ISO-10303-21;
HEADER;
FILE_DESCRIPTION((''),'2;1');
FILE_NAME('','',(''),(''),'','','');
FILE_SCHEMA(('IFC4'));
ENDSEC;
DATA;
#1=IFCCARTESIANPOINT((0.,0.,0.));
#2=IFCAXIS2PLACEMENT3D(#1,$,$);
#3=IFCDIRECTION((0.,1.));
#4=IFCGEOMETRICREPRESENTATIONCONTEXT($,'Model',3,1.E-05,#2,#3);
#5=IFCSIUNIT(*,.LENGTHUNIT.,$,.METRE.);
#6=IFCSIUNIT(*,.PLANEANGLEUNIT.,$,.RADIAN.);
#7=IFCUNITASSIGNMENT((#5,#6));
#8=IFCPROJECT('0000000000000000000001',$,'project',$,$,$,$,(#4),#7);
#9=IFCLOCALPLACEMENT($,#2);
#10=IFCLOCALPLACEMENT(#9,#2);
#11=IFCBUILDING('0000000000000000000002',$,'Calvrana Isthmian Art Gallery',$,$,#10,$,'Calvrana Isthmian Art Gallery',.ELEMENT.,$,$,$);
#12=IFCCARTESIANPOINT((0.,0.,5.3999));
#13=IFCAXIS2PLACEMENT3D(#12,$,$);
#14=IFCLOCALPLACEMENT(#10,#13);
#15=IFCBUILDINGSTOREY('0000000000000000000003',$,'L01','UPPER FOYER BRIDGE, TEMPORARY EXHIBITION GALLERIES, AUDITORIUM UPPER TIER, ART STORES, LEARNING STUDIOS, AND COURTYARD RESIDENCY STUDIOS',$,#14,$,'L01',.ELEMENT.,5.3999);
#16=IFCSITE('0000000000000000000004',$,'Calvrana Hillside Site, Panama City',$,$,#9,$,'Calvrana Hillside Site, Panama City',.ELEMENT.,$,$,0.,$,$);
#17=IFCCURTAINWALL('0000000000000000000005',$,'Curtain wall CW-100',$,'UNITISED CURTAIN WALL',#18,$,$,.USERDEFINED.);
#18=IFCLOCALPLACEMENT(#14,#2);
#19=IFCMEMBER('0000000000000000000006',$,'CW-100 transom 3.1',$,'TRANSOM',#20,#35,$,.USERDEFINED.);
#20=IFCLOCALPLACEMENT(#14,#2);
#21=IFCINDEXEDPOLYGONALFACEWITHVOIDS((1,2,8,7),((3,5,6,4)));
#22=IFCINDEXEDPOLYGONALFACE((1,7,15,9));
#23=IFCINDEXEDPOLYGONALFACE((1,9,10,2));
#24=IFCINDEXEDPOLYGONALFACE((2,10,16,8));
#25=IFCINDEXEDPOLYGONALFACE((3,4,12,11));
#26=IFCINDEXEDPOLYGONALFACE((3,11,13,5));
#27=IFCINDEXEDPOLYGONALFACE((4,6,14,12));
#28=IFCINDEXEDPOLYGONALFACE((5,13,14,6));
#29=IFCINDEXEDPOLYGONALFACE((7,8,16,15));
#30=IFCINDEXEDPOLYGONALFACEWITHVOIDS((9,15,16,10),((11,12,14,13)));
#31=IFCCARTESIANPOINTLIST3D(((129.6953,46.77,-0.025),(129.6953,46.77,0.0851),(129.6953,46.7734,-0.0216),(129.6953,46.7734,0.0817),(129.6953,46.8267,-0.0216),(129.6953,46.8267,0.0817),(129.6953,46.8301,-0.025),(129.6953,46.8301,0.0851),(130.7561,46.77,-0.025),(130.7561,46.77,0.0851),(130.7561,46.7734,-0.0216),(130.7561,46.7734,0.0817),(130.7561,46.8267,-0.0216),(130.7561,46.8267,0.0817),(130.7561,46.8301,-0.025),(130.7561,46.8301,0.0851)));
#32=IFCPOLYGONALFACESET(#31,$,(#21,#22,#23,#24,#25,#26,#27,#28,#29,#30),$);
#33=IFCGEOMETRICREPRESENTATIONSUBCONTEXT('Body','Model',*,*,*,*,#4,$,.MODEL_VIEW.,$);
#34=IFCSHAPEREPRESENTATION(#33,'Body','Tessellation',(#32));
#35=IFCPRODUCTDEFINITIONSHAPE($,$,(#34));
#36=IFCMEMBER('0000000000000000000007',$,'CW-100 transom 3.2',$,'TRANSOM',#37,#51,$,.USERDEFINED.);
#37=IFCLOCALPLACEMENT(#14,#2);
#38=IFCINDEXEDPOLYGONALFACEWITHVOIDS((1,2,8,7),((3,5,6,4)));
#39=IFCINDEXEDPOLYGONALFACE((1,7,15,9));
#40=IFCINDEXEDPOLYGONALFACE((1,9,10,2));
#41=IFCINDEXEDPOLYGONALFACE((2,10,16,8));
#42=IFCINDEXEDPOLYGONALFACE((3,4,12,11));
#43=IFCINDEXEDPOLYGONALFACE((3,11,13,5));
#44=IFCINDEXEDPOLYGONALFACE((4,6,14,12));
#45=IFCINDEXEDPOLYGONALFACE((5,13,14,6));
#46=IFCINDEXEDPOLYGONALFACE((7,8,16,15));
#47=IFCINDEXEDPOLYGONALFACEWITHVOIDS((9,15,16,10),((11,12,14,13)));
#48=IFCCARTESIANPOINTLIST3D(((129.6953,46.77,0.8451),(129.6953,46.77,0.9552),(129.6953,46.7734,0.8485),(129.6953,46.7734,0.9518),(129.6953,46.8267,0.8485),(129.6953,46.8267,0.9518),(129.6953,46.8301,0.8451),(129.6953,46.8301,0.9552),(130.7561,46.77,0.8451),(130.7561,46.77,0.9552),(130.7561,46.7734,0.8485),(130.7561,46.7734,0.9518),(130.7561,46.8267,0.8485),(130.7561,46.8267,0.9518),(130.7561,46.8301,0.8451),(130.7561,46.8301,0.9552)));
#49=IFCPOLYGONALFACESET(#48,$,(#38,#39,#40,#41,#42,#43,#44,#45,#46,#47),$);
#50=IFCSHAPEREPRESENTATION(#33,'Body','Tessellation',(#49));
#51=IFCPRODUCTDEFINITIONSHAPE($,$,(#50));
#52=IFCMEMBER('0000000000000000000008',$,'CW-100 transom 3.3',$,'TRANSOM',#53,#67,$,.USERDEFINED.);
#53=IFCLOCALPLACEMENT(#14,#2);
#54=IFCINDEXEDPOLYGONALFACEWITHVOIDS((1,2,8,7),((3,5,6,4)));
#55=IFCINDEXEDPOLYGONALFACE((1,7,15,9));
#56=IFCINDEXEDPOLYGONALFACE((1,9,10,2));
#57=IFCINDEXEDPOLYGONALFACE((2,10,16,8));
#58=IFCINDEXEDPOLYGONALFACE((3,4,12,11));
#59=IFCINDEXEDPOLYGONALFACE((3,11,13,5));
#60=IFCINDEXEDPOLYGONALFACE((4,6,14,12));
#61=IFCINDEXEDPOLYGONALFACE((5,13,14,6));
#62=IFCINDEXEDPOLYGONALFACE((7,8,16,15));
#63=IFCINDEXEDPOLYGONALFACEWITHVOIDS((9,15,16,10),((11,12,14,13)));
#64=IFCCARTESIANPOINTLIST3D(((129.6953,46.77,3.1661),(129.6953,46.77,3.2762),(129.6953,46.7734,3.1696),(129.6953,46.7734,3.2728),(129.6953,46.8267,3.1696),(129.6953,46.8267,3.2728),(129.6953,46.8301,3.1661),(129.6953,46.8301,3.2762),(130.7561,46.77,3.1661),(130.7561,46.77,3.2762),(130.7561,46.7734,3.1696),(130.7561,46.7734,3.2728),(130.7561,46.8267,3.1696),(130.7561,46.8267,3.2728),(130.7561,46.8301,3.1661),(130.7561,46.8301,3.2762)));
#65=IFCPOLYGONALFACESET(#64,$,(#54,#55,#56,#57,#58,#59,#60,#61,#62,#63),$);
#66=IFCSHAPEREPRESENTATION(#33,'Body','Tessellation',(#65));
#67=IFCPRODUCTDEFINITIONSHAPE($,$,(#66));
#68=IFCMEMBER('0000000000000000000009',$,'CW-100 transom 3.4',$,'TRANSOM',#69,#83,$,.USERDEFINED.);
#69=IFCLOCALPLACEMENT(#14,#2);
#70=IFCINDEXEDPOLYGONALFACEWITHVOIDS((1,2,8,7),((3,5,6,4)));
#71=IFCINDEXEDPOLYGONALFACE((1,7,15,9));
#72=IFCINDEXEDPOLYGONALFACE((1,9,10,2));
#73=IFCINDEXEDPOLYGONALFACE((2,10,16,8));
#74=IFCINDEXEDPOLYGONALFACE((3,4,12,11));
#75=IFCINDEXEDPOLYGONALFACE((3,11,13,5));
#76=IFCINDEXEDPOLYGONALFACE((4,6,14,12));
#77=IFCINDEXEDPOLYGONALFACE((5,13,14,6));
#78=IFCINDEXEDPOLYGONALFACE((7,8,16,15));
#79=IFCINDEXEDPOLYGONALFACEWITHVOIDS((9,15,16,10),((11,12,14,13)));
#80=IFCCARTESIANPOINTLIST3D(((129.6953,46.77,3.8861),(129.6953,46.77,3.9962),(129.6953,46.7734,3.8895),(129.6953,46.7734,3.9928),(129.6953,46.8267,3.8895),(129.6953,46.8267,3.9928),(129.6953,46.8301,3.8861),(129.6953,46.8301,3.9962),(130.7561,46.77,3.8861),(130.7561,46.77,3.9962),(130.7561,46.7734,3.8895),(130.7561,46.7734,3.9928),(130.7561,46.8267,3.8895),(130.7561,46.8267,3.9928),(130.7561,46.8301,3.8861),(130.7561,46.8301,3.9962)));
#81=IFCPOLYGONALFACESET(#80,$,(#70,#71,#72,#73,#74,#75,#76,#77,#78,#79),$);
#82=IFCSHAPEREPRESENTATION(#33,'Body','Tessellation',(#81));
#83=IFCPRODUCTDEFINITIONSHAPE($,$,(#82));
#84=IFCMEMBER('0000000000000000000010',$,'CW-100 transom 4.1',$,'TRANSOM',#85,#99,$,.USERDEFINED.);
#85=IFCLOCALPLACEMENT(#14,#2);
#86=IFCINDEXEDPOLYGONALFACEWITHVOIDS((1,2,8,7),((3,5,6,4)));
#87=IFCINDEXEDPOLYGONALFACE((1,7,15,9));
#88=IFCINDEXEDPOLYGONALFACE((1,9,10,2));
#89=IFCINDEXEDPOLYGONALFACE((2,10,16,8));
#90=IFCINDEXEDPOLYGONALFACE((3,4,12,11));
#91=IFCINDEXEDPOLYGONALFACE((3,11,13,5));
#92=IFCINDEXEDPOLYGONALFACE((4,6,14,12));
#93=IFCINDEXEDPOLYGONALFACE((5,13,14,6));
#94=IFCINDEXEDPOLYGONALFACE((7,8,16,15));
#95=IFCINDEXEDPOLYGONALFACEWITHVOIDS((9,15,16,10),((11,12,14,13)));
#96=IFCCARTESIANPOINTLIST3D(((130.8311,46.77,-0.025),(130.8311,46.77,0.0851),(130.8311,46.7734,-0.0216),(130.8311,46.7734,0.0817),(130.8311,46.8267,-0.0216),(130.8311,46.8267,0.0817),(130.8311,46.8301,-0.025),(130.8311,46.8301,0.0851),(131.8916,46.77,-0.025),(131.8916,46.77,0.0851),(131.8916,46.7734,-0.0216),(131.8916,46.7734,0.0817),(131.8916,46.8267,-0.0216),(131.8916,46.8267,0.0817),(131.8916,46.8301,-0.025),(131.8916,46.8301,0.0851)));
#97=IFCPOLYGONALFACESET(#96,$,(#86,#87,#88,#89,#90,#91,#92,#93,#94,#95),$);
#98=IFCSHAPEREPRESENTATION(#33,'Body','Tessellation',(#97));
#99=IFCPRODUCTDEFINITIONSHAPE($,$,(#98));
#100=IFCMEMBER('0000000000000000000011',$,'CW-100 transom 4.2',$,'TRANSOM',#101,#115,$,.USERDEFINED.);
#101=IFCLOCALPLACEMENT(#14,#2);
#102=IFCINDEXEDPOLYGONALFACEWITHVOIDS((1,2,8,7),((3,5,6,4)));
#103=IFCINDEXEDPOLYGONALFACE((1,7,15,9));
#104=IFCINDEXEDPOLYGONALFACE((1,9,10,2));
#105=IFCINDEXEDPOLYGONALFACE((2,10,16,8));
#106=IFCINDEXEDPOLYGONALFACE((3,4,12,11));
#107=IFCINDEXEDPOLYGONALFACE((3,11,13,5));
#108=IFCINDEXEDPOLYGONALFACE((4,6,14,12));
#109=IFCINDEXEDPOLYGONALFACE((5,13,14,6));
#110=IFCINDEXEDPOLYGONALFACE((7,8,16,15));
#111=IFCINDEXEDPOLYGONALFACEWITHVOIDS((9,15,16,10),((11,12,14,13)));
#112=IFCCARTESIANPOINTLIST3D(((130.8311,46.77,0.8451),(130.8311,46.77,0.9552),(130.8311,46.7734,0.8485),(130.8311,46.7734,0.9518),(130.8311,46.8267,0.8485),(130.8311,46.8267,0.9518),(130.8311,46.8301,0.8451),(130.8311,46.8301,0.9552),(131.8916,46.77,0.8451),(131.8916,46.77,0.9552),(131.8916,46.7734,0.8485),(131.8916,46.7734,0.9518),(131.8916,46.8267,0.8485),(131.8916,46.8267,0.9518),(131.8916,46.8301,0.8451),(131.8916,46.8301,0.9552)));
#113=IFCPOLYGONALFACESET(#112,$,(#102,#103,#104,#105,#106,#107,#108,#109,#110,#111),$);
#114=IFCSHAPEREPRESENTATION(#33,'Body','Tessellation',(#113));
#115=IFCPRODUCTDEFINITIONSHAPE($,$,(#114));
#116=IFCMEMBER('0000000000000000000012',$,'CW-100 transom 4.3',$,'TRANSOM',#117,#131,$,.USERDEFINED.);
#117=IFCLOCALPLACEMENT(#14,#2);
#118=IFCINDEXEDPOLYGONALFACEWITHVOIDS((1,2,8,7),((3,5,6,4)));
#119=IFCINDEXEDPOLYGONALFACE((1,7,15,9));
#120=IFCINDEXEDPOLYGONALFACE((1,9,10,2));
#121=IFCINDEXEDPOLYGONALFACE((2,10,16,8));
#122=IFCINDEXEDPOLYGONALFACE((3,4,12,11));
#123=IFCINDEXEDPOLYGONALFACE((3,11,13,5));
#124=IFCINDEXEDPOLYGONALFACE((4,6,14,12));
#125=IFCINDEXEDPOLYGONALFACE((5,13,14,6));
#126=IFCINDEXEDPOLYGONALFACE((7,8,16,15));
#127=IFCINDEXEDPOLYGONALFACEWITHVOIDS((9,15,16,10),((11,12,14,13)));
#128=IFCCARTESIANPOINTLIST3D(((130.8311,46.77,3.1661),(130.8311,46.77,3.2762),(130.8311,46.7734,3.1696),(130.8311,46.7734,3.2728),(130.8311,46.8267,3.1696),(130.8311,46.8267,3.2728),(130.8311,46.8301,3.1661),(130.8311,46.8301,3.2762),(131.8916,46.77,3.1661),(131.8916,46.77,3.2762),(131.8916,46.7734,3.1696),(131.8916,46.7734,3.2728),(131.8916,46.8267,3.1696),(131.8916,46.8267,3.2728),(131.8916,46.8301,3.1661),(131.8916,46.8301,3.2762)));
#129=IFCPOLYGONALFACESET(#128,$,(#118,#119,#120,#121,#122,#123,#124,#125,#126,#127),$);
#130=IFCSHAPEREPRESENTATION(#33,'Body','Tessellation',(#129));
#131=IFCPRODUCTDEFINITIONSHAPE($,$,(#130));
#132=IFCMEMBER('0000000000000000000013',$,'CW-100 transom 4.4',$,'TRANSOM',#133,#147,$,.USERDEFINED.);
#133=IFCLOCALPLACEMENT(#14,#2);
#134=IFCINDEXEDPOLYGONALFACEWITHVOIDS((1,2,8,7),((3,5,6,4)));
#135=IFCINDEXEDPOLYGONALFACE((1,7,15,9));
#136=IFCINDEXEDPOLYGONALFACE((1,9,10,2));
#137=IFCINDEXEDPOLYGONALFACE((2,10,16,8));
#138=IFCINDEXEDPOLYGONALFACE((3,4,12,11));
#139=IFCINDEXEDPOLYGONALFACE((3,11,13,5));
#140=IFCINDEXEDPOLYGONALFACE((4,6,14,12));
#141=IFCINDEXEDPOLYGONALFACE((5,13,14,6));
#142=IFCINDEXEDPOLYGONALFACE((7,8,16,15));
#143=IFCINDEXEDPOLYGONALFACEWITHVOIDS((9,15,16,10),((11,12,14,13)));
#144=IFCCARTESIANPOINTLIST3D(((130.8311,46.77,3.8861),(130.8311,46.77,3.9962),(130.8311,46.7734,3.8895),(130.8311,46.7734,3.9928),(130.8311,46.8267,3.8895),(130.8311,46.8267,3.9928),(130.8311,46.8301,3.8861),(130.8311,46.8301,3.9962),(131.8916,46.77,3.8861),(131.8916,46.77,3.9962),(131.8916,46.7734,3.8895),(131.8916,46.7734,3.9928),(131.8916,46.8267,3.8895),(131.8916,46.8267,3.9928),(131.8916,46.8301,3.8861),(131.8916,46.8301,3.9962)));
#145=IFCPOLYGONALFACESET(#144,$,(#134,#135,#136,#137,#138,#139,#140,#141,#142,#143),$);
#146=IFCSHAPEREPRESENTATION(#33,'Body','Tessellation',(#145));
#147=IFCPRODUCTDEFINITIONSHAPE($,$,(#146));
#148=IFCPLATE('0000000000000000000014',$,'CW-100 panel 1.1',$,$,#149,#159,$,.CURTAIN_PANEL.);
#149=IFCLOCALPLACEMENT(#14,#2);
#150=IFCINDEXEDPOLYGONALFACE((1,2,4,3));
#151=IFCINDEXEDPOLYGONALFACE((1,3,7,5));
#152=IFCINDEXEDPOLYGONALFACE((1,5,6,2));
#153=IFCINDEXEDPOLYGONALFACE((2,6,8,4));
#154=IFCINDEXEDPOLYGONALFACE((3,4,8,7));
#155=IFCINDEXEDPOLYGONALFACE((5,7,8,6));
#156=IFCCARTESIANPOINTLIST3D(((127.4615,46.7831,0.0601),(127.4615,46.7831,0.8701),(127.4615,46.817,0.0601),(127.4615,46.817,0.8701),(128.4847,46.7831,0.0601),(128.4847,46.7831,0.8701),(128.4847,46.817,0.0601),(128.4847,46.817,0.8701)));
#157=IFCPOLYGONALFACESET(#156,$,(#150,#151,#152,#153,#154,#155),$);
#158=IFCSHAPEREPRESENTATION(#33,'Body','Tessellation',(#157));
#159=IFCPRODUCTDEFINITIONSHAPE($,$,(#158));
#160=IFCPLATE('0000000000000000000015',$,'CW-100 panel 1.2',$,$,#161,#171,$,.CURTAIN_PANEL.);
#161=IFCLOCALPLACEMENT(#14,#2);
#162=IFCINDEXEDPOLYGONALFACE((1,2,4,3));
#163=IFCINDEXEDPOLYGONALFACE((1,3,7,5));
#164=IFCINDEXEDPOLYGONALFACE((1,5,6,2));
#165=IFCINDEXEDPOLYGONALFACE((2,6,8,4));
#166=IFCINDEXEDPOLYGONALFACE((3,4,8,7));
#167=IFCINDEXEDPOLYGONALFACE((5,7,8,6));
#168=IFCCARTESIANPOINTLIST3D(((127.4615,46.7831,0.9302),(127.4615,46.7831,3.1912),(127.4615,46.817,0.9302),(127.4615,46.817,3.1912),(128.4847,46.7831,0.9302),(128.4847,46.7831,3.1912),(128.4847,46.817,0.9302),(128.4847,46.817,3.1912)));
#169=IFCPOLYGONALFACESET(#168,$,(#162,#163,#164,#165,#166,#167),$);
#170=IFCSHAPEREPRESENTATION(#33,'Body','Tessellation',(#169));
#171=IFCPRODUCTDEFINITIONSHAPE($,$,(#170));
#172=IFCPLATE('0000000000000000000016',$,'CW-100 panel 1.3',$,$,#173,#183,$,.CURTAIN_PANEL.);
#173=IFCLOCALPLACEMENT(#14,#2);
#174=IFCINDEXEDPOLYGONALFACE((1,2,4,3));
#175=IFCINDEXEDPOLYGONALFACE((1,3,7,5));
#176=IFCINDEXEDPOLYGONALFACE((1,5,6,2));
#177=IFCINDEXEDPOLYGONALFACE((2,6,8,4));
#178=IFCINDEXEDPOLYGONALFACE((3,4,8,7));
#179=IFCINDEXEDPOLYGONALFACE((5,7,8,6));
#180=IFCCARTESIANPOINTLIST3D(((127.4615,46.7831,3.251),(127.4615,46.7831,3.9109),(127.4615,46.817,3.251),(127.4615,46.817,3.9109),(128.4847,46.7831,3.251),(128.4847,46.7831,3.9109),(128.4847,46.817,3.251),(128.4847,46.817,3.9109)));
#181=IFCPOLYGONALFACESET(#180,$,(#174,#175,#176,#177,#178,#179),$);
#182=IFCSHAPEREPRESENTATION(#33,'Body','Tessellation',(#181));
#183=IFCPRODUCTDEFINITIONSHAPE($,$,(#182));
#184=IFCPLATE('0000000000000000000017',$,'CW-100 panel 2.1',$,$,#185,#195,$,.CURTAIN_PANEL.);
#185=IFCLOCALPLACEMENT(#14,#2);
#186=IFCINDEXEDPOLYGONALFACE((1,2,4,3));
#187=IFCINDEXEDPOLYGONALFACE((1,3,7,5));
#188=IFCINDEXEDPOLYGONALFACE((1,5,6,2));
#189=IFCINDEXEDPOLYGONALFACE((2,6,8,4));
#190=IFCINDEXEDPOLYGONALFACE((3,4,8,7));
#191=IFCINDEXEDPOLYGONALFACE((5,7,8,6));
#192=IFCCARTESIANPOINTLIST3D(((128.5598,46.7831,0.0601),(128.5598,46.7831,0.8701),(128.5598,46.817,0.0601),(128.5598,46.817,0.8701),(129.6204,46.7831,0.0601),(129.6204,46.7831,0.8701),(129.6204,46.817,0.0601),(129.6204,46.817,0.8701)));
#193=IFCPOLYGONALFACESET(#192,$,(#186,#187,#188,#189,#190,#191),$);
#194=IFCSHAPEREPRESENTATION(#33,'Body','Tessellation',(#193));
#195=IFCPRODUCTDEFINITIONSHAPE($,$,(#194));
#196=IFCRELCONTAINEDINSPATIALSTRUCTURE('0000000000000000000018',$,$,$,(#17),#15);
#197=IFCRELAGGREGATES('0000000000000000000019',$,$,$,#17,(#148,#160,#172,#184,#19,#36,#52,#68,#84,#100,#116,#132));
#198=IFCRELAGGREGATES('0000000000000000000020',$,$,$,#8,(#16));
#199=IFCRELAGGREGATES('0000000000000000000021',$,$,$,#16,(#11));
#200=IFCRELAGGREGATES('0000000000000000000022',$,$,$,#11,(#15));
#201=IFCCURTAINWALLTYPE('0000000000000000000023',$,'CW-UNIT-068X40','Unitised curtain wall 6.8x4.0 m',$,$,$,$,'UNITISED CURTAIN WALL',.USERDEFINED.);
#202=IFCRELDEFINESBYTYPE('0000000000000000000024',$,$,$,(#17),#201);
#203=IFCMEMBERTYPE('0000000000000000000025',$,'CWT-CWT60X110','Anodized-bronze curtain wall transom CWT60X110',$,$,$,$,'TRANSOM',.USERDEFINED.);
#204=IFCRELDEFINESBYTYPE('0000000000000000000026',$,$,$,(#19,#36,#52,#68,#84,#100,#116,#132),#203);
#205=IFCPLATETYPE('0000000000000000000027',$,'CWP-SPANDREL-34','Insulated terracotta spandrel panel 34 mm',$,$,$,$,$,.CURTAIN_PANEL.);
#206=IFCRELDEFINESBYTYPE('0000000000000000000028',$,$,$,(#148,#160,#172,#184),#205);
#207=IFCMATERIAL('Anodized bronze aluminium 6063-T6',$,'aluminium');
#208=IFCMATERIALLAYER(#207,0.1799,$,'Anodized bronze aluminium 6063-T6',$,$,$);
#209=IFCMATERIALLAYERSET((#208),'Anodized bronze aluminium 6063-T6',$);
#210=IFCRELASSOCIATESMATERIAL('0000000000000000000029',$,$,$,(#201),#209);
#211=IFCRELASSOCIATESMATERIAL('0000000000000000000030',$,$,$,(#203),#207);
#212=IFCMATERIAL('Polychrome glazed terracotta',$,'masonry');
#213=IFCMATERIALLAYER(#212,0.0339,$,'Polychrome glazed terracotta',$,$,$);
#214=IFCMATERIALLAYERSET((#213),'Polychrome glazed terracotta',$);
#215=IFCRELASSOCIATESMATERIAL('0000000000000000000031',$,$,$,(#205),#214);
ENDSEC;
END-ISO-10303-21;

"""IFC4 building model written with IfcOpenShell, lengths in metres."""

from ifc_helpers import new_model, si_unit, direction, frame, origin, origin_2d, place, context, subcontext, project, spatial, rectangle, hollow_rectangle, extrude, material, layer, layer_set, material_profile, profile_set, type_object, element, aggregate, save


model = new_model("IFC4")

# Units and contexts
model_context = context("Model", 3, precision=1e-05, world=origin(), true_north=direction((0.0, 1.0)))
body_context = subcontext(model_context, "Body", "Model", "MODEL_VIEW")
ifc_project = project(units=[si_unit("LENGTHUNIT", "METRE"), si_unit("PLANEANGLEUNIT", "RADIAN")], contexts=[model_context])

# Site, building, storey
site_placement = place(None, origin())
site = spatial("IfcSite", under=ifc_project, at=site_placement, Name="Calvrana Hillside Site, Panama City", LongName="Calvrana Hillside Site, Panama City", CompositionType="ELEMENT", RefElevation=0.0)
building_placement = place(site_placement, origin())
building = spatial("IfcBuilding", under=site, at=building_placement, Name="Calvrana Isthmian Art Gallery", LongName="Calvrana Isthmian Art Gallery", CompositionType="ELEMENT")
storey_placement = place(building_placement, frame((0.0, 0.0, 5.3999)))
storey = spatial("IfcBuildingStorey", under=building, at=storey_placement, Name="L01", Description="UPPER FOYER BRIDGE, TEMPORARY EXHIBITION GALLERIES, AUDITORIUM UPPER TIER, ART STORES, LEARNING STUDIOS, AND COURTYARD RESIDENCY STUDIOS", LongName="L01", CompositionType="ELEMENT", Elevation=5.3999)

# Curtain wall, members, plates
ifc_material_1 = material(Name="Anodized bronze aluminium 6063-T6", Category="aluminium")
ifc_layer_1 = layer(ifc_material_1, 0.1799, Name="Anodized bronze aluminium 6063-T6")
ifc_layer_set_1 = layer_set([ifc_layer_1], Name="Anodized bronze aluminium 6063-T6")
curtain_wall_type = type_object("IfcCurtainWallType", Name="CW-UNIT-068X40", Description="Unitised curtain wall 6.8x4.0 m", ElementType="UNITISED CURTAIN WALL", PredefinedType="USERDEFINED", material=ifc_layer_set_1)
curtain_wall_placement = place(storey_placement, origin())
curtain_wall = element("IfcCurtainWall", 1, at=curtain_wall_placement, inside=storey, type_object=curtain_wall_type, Name="Curtain wall CW-100", ObjectType="UNITISED CURTAIN WALL", PredefinedType="USERDEFINED")
ifc_material_profile_1 = material_profile(ifc_material_1, hollow_rectangle(XDim=0.0601, YDim=0.1101, WallThickness=0.0034, at=origin_2d()), Name="CWT60X110")
ifc_profile_set_1 = profile_set([ifc_material_profile_1], Name="Anodized bronze aluminium 6063-T6")
member_type_1 = type_object("IfcMemberType", Name="CWT-CWT60X110", Description="Anodized-bronze curtain wall transom CWT60X110", ElementType="TRANSOM", PredefinedType="USERDEFINED", material=ifc_profile_set_1)
member_1_placement = place(storey_placement, frame((129.6953, 46.8, 0.03), z_axis=(1.0, 0.0, 0.0), x_axis=(0.0, 1.0, 0.0)))
member_1 = element("IfcMember", 2, at=member_1_placement, type_object=member_type_1, Name="CW-100 transom 3.1", ObjectType="TRANSOM", PredefinedType="USERDEFINED", context=body_context, shape_type="SweptSolid", body=[
    extrude(hollow_rectangle(XDim=0.0601, YDim=0.1101, WallThickness=0.0034, at=origin_2d()), origin(), (0.0, 0.0, 1.0), 1.0608),
])
member_2_placement = place(storey_placement, frame((129.6953, 46.8, 0.9001), z_axis=(1.0, 0.0, 0.0), x_axis=(0.0, 1.0, 0.0)))
member_2 = element("IfcMember", 3, at=member_2_placement, type_object=member_type_1, Name="CW-100 transom 3.2", ObjectType="TRANSOM", PredefinedType="USERDEFINED", context=body_context, shape_type="SweptSolid", body=[
    extrude(hollow_rectangle(XDim=0.0601, YDim=0.1101, WallThickness=0.0034, at=origin_2d()), origin(), (0.0, 0.0, 1.0), 1.0608),
])
member_3_placement = place(storey_placement, frame((129.6953, 46.8, 3.2212), z_axis=(1.0, 0.0, 0.0), x_axis=(0.0, 1.0, 0.0)))
member_3 = element("IfcMember", 4, at=member_3_placement, type_object=member_type_1, Name="CW-100 transom 3.3", ObjectType="TRANSOM", PredefinedType="USERDEFINED", context=body_context, shape_type="SweptSolid", body=[
    extrude(hollow_rectangle(XDim=0.0601, YDim=0.1101, WallThickness=0.0034, at=origin_2d()), origin(), (0.0, 0.0, 1.0), 1.0608),
])
member_4_placement = place(storey_placement, frame((129.6953, 46.8, 3.9412), z_axis=(1.0, 0.0, 0.0), x_axis=(0.0, 1.0, 0.0)))
member_4 = element("IfcMember", 5, at=member_4_placement, type_object=member_type_1, Name="CW-100 transom 3.4", ObjectType="TRANSOM", PredefinedType="USERDEFINED", context=body_context, shape_type="SweptSolid", body=[
    extrude(hollow_rectangle(XDim=0.0601, YDim=0.1101, WallThickness=0.0034, at=origin_2d()), origin(), (0.0, 0.0, 1.0), 1.0608),
])
member_5_placement = place(storey_placement, frame((130.8311, 46.8, 0.03), z_axis=(1.0, 0.0, 0.0), x_axis=(0.0, 1.0, 0.0)))
member_5 = element("IfcMember", 6, at=member_5_placement, type_object=member_type_1, Name="CW-100 transom 4.1", ObjectType="TRANSOM", PredefinedType="USERDEFINED", context=body_context, shape_type="SweptSolid", body=[
    extrude(hollow_rectangle(XDim=0.0601, YDim=0.1101, WallThickness=0.0034, at=origin_2d()), origin(), (0.0, 0.0, 1.0), 1.0605),
])
member_6_placement = place(storey_placement, frame((130.8311, 46.8, 0.9001), z_axis=(1.0, 0.0, 0.0), x_axis=(0.0, 1.0, 0.0)))
member_6 = element("IfcMember", 7, at=member_6_placement, type_object=member_type_1, Name="CW-100 transom 4.2", ObjectType="TRANSOM", PredefinedType="USERDEFINED", context=body_context, shape_type="SweptSolid", body=[
    extrude(hollow_rectangle(XDim=0.0601, YDim=0.1101, WallThickness=0.0034, at=origin_2d()), origin(), (0.0, 0.0, 1.0), 1.0605),
])
member_7_placement = place(storey_placement, frame((130.8311, 46.8, 3.2212), z_axis=(1.0, 0.0, 0.0), x_axis=(0.0, 1.0, 0.0)))
member_7 = element("IfcMember", 8, at=member_7_placement, type_object=member_type_1, Name="CW-100 transom 4.3", ObjectType="TRANSOM", PredefinedType="USERDEFINED", context=body_context, shape_type="SweptSolid", body=[
    extrude(hollow_rectangle(XDim=0.0601, YDim=0.1101, WallThickness=0.0034, at=origin_2d()), origin(), (0.0, 0.0, 1.0), 1.0605),
])
member_8_placement = place(storey_placement, frame((130.8311, 46.8, 3.9412), z_axis=(1.0, 0.0, 0.0), x_axis=(0.0, 1.0, 0.0)))
member_8 = element("IfcMember", 9, at=member_8_placement, type_object=member_type_1, Name="CW-100 transom 4.4", ObjectType="TRANSOM", PredefinedType="USERDEFINED", context=body_context, shape_type="SweptSolid", body=[
    extrude(hollow_rectangle(XDim=0.0601, YDim=0.1101, WallThickness=0.0034, at=origin_2d()), origin(), (0.0, 0.0, 1.0), 1.0605),
])
ifc_material_2 = material(Name="Polychrome glazed terracotta", Category="masonry")
ifc_layer_2 = layer(ifc_material_2, 0.0339, Name="Polychrome glazed terracotta")
ifc_layer_set_2 = layer_set([ifc_layer_2], Name="Polychrome glazed terracotta")
plate_type = type_object("IfcPlateType", Name="CWP-SPANDREL-34", Description="Insulated terracotta spandrel panel 34 mm", PredefinedType="CURTAIN_PANEL", material=ifc_layer_set_2)
plate_1_placement = place(storey_placement, frame((127.9731, 46.8, 0.0601), z_axis=(0.0, 0.0, 1.0), x_axis=(1.0, 0.0, 0.0)))
plate_1 = element("IfcPlate", 10, at=plate_1_placement, type_object=plate_type, Name="CW-100 panel 1.1", PredefinedType="CURTAIN_PANEL", context=body_context, shape_type="SweptSolid", body=[
    extrude(rectangle(XDim=1.0232, YDim=0.0339, at=origin_2d()), origin(), (0.0, 0.0, 1.0), 0.8101),
])
plate_2_placement = place(storey_placement, frame((127.9731, 46.8, 0.9302), z_axis=(0.0, 0.0, 1.0), x_axis=(1.0, 0.0, 0.0)))
plate_2 = element("IfcPlate", 11, at=plate_2_placement, type_object=plate_type, Name="CW-100 panel 1.2", PredefinedType="CURTAIN_PANEL", context=body_context, shape_type="SweptSolid", body=[
    extrude(rectangle(XDim=1.0232, YDim=0.0339, at=origin_2d()), origin(), (0.0, 0.0, 1.0), 2.261),
])
plate_3_placement = place(storey_placement, frame((127.9731, 46.8, 3.251), z_axis=(0.0, 0.0, 1.0), x_axis=(1.0, 0.0, 0.0)))
plate_3 = element("IfcPlate", 12, at=plate_3_placement, type_object=plate_type, Name="CW-100 panel 1.3", PredefinedType="CURTAIN_PANEL", context=body_context, shape_type="SweptSolid", body=[
    extrude(rectangle(XDim=1.0232, YDim=0.0339, at=origin_2d()), origin(), (0.0, 0.0, 1.0), 0.6599),
])
plate_4_placement = place(storey_placement, frame((129.0901, 46.8, 0.0601), z_axis=(0.0, 0.0, 1.0), x_axis=(1.0, 0.0, 0.0)))
plate_4 = element("IfcPlate", 13, at=plate_4_placement, type_object=plate_type, Name="CW-100 panel 2.1", PredefinedType="CURTAIN_PANEL", context=body_context, shape_type="SweptSolid", body=[
    extrude(rectangle(XDim=1.0605, YDim=0.0339, at=origin_2d()), origin(), (0.0, 0.0, 1.0), 0.8101),
])
aggregate(curtain_wall, [plate_1, plate_2, plate_3, plate_4, member_1, member_2, member_3, member_4, member_5, member_6, member_7, member_8])

save(model, "model.ifc")
